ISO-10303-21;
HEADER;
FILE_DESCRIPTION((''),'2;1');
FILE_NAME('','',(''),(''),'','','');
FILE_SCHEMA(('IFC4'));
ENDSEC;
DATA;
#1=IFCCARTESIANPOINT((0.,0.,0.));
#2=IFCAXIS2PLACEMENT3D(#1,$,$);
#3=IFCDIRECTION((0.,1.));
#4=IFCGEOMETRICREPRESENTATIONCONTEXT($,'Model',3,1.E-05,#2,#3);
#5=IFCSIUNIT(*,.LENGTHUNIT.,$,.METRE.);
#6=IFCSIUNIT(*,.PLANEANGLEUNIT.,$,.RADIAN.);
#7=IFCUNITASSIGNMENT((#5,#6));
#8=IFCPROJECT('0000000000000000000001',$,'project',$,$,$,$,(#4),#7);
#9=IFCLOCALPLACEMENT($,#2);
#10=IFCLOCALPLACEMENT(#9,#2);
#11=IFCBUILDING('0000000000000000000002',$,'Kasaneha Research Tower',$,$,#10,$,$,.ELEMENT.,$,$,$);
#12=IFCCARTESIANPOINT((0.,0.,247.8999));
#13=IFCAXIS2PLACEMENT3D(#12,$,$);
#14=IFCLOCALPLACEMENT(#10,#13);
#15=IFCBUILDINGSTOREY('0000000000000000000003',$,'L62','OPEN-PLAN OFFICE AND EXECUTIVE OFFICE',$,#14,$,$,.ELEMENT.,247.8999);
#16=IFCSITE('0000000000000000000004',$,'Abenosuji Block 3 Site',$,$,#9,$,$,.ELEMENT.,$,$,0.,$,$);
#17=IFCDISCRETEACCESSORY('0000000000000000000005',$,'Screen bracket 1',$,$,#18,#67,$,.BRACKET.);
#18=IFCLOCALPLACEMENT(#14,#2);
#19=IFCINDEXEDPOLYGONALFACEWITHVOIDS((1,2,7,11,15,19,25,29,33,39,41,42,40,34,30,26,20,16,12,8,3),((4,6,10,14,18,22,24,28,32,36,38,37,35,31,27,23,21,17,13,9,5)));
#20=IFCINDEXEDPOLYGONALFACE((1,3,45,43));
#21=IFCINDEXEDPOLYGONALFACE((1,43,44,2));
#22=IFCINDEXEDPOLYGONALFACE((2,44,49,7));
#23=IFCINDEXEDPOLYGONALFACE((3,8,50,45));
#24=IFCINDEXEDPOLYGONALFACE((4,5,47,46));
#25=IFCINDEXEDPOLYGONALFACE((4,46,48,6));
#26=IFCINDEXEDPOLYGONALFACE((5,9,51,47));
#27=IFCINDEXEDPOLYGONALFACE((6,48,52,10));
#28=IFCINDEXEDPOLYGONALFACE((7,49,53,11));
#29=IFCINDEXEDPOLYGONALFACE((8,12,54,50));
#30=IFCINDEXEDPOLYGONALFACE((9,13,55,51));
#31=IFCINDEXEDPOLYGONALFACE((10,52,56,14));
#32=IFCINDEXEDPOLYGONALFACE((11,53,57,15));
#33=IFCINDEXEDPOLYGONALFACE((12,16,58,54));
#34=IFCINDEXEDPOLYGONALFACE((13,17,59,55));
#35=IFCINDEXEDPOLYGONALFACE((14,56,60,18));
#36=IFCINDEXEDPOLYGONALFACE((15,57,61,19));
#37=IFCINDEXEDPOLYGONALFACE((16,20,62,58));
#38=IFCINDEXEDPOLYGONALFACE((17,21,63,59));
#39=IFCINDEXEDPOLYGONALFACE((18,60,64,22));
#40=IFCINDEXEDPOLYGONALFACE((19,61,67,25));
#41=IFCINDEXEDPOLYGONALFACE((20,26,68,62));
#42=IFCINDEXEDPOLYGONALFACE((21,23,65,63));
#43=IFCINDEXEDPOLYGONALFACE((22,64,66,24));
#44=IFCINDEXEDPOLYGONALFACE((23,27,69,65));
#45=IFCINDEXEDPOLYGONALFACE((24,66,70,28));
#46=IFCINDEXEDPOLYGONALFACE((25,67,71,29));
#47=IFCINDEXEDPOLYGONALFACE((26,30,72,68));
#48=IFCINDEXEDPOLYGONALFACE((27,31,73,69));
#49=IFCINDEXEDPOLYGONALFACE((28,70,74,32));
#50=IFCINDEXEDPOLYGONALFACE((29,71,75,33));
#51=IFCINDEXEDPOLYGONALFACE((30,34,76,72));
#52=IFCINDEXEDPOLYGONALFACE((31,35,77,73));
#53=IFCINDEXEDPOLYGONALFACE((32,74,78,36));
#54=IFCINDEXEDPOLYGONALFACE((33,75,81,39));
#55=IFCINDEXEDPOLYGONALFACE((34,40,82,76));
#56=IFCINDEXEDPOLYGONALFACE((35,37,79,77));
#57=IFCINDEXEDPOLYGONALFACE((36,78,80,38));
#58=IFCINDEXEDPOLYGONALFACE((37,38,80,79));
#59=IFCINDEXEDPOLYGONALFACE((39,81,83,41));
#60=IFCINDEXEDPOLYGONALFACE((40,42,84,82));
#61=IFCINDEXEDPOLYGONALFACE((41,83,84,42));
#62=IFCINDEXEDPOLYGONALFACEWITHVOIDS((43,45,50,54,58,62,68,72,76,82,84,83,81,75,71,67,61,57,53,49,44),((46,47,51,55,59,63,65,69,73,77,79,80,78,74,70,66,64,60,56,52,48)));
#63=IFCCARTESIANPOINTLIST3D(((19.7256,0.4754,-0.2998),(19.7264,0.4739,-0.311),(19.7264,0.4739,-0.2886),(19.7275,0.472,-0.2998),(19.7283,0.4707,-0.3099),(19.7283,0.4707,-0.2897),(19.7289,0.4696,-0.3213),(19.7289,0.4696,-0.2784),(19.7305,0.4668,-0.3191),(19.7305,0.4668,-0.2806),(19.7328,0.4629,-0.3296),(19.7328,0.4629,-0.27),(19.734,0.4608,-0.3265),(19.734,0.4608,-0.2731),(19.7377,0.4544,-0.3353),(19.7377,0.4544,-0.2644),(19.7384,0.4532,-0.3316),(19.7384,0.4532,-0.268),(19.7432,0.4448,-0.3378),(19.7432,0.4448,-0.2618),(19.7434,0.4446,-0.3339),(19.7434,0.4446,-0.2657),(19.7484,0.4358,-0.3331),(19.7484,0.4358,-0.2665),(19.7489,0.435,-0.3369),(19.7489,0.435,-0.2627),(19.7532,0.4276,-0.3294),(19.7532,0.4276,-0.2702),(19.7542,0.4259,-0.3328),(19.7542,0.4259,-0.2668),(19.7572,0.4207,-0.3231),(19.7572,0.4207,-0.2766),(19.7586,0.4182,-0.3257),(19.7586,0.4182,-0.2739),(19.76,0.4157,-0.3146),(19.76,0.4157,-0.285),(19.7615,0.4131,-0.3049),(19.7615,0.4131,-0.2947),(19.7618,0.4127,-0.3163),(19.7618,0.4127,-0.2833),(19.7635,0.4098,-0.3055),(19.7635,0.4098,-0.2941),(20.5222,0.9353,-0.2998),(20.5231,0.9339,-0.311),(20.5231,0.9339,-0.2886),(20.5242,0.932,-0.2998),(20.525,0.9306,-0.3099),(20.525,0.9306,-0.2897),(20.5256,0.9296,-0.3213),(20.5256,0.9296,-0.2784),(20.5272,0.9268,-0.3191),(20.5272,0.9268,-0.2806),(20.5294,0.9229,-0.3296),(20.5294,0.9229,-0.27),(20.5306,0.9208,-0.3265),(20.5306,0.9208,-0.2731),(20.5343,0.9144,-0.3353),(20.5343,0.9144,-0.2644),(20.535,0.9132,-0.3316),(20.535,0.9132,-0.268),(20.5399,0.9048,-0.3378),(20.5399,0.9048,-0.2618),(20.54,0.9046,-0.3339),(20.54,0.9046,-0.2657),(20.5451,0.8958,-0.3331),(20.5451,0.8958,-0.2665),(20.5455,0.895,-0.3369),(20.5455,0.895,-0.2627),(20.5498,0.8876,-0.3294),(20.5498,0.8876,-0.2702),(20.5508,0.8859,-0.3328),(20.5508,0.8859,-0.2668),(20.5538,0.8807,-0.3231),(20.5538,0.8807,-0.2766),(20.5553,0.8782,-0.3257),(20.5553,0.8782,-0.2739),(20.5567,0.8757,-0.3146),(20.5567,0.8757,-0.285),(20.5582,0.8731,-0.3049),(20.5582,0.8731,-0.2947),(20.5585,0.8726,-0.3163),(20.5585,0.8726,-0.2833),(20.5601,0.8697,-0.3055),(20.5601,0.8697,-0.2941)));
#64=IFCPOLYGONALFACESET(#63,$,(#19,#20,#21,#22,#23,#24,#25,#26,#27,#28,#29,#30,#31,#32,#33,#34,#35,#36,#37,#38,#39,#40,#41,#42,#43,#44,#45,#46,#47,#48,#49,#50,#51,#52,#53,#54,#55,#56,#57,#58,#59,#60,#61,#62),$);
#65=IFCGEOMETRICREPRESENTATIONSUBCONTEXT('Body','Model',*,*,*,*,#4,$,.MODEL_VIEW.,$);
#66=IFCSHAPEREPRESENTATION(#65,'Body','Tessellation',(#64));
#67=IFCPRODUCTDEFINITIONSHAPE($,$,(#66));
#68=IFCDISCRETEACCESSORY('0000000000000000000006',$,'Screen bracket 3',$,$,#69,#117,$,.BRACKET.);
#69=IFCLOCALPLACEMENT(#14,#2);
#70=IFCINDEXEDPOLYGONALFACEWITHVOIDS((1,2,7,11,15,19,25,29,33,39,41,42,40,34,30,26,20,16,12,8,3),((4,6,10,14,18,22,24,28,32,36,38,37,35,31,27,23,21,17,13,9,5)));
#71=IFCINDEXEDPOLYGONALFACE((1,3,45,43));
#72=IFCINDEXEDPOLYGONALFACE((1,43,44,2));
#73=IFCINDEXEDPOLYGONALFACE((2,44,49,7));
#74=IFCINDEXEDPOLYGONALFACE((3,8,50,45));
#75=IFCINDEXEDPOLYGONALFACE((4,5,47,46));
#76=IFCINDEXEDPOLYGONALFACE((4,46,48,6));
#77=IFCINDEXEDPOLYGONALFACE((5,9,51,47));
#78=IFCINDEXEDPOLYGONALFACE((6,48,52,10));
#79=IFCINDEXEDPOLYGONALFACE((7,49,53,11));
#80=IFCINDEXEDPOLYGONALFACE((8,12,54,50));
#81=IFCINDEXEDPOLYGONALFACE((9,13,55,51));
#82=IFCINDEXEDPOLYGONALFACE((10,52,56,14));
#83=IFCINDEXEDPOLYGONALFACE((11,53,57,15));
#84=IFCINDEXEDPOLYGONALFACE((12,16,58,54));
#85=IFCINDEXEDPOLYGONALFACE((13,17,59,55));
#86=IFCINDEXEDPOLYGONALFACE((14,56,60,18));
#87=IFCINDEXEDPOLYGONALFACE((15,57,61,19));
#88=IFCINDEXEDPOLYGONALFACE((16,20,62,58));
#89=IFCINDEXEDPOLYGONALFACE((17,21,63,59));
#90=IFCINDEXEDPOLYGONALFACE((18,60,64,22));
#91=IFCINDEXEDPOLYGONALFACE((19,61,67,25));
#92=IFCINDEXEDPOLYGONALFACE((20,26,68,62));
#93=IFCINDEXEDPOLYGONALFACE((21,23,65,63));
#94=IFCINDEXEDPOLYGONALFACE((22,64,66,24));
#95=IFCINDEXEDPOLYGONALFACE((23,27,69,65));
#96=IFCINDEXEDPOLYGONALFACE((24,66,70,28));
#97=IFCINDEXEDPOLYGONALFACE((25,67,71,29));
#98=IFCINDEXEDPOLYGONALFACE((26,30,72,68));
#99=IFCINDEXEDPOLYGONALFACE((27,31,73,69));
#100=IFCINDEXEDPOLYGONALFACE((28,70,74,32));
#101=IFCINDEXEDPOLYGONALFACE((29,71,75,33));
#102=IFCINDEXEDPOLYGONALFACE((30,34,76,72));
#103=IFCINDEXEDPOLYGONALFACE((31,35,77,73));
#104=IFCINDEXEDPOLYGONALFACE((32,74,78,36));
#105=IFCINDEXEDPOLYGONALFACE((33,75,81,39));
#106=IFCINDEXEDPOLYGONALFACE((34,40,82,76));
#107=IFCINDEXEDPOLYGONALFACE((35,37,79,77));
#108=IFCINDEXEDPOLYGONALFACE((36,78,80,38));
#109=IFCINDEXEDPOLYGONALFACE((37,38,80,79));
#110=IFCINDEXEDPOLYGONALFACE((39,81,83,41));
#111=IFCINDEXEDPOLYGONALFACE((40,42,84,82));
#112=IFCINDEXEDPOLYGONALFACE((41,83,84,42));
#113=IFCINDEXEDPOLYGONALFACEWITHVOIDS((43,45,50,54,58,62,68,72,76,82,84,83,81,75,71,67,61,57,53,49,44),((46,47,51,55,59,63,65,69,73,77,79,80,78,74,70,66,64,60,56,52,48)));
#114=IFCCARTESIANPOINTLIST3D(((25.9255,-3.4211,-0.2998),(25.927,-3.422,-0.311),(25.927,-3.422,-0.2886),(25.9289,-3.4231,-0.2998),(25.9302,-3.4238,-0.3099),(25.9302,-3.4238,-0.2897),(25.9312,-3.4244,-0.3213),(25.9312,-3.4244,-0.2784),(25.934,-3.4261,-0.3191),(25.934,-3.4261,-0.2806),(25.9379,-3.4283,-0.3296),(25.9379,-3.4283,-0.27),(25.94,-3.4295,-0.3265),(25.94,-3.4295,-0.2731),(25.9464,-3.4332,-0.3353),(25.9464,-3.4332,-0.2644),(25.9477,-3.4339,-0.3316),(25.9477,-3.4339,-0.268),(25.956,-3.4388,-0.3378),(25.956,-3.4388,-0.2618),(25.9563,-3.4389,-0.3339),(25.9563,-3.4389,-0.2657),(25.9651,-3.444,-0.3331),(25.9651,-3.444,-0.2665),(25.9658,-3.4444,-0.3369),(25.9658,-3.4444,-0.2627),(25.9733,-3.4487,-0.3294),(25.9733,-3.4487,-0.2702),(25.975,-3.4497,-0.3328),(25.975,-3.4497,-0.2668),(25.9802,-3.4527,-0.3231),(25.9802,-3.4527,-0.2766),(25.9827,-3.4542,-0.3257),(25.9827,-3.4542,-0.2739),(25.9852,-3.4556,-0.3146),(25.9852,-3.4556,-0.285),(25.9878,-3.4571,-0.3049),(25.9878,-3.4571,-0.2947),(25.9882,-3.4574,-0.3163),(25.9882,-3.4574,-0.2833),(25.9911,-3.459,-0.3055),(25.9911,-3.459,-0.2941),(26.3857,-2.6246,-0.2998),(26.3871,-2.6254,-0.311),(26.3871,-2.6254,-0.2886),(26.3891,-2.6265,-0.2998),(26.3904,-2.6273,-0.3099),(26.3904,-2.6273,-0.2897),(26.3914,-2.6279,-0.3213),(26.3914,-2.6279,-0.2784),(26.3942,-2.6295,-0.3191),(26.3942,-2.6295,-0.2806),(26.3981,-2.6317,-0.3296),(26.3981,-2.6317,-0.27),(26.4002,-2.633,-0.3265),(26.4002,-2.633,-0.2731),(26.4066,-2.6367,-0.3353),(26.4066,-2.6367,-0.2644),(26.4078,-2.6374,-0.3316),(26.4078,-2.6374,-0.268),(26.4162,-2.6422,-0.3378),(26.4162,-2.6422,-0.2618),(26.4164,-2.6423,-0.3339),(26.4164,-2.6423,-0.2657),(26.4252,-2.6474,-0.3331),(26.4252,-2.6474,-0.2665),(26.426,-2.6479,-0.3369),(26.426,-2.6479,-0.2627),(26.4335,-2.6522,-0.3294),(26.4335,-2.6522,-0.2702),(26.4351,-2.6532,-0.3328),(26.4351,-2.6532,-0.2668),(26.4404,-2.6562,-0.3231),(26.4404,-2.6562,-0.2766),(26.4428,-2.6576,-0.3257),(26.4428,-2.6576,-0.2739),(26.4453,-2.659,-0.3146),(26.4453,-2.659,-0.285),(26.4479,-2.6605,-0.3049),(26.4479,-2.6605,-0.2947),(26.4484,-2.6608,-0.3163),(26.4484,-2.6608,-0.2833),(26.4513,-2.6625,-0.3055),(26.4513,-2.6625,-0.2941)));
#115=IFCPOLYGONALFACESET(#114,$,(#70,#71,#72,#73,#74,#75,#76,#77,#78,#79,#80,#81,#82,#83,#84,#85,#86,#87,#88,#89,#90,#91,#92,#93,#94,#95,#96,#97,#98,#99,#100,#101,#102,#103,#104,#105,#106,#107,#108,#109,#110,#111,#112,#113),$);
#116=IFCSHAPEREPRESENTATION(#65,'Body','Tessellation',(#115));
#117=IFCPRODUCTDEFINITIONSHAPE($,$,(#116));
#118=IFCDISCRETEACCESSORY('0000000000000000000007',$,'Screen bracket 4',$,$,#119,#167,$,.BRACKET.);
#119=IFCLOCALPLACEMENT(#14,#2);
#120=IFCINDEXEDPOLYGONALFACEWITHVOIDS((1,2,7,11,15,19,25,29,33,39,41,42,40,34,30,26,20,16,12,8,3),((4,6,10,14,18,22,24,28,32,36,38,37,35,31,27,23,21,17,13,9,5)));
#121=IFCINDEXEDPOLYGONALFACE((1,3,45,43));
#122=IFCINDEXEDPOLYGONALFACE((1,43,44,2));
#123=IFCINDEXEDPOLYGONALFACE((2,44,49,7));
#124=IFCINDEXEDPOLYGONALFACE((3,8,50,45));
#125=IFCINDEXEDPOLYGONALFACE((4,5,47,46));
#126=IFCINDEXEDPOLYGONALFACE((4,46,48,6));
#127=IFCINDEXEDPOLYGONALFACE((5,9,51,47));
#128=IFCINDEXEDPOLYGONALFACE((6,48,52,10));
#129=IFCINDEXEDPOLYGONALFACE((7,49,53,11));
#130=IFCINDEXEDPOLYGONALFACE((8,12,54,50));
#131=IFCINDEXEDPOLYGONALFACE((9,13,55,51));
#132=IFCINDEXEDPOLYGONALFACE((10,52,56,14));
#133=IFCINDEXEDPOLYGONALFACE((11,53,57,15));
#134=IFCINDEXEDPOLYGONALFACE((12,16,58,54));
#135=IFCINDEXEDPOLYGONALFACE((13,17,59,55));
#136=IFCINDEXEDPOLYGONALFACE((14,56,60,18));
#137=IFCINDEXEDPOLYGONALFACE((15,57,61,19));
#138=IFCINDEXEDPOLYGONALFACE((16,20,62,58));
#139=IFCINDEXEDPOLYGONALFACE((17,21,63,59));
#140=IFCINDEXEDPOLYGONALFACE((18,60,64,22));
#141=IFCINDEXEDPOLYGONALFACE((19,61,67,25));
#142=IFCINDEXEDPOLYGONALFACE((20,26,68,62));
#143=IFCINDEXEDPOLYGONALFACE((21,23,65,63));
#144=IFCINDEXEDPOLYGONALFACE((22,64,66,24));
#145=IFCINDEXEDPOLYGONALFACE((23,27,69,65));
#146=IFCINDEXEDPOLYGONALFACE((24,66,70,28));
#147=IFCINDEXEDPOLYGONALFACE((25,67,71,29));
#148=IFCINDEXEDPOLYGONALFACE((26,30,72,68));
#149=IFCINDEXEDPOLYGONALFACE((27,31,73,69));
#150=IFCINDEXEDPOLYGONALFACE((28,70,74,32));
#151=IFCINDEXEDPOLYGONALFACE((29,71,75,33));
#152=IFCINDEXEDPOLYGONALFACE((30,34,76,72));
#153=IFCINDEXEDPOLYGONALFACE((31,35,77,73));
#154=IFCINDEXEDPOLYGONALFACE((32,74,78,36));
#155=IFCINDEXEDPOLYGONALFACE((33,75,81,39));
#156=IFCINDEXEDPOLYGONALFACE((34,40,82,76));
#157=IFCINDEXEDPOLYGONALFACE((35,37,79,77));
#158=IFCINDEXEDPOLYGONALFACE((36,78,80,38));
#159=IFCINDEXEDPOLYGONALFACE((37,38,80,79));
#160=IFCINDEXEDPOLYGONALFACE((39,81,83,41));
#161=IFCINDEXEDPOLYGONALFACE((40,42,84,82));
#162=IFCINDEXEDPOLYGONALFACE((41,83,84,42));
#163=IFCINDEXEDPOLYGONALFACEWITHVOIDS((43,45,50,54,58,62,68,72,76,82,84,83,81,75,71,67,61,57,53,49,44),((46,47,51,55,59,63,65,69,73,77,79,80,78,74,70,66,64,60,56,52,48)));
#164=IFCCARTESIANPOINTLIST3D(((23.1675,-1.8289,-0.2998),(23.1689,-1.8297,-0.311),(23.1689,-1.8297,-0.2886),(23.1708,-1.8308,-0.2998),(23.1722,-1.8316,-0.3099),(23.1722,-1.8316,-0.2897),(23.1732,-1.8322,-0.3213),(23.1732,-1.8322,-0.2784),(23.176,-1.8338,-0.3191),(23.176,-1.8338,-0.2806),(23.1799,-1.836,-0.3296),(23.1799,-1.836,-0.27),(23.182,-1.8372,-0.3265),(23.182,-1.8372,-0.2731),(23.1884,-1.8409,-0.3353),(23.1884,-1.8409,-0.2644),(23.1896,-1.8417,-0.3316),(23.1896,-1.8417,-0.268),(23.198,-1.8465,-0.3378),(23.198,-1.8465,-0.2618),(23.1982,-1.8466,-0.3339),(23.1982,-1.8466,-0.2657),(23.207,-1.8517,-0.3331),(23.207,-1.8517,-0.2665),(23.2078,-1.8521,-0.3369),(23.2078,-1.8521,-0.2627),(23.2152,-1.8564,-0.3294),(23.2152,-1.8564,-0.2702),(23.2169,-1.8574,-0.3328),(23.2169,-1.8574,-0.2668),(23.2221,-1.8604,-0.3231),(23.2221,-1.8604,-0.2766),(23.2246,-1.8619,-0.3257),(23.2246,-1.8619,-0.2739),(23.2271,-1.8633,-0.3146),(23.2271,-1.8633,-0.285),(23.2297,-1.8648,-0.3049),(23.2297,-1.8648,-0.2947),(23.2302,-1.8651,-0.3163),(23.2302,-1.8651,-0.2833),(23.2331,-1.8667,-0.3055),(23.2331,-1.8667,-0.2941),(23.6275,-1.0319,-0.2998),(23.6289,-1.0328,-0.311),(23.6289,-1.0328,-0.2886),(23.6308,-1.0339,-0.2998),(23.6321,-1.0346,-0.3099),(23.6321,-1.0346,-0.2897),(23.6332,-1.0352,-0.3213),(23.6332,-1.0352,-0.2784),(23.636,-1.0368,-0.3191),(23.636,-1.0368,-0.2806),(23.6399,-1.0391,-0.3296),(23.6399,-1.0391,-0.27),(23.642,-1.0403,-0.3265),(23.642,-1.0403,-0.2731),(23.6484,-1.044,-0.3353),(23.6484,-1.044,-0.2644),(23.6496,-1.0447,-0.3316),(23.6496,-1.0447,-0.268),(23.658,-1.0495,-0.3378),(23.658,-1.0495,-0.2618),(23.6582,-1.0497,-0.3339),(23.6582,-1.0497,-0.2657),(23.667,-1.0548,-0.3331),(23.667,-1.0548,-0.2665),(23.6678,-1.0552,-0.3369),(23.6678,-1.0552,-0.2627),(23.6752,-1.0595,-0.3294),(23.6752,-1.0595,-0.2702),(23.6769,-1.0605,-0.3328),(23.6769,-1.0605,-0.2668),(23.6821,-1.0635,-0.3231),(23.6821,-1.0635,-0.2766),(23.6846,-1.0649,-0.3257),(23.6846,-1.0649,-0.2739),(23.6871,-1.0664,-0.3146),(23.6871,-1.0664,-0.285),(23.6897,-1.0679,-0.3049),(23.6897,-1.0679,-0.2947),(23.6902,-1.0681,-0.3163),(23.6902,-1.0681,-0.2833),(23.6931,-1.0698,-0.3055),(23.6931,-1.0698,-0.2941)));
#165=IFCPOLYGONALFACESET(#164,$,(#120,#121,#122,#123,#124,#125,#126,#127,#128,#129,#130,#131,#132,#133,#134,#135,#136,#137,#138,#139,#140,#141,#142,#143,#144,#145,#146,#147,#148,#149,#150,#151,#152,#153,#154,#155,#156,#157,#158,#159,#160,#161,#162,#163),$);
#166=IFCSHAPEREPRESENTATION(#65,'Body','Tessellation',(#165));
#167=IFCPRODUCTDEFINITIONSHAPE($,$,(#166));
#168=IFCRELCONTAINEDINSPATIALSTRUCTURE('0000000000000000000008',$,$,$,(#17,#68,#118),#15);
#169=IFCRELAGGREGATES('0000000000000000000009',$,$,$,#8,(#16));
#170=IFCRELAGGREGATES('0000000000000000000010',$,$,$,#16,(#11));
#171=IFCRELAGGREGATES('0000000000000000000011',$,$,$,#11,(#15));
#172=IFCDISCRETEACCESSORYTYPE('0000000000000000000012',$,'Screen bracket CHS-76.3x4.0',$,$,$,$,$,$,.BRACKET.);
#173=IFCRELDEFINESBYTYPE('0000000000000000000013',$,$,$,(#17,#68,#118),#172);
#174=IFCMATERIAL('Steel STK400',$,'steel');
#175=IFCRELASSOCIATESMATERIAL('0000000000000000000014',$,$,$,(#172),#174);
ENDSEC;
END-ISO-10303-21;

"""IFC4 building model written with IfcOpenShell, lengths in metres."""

from ifc_helpers import new_model, si_unit, direction, frame, origin, origin_2d, place, context, subcontext, project, spatial, hollow_circle, extrude, material, material_profile, profile_set, type_object, element, save


model = new_model("IFC4")

# Units and contexts
model_context = context("Model", 3, precision=1e-05, world=origin(), true_north=direction((0.0, 1.0)))
body_context = subcontext(model_context, "Body", "Model", "MODEL_VIEW")
ifc_project = project(units=[si_unit("LENGTHUNIT", "METRE"), si_unit("PLANEANGLEUNIT", "RADIAN")], contexts=[model_context])

# Site, building, storey
site_placement = place(None, origin())
site = spatial("IfcSite", under=ifc_project, at=site_placement, Name="Abenosuji Block 3 Site", CompositionType="ELEMENT", RefElevation=0.0)
building_placement = place(site_placement, origin())
building = spatial("IfcBuilding", under=site, at=building_placement, Name="Kasaneha Research Tower", CompositionType="ELEMENT")
storey_placement = place(building_placement, frame((0.0, 0.0, 247.8999)))
storey = spatial("IfcBuildingStorey", under=building, at=storey_placement, Name="L62", Description="OPEN-PLAN OFFICE AND EXECUTIVE OFFICE", CompositionType="ELEMENT", Elevation=247.8999)

# Discrete accessories
ifc_material_1 = material(Name="Steel STK400", Category="steel")
ifc_material_profile_1 = material_profile(ifc_material_1, hollow_circle(Radius=0.0381, WallThickness=0.0039, at=origin_2d()), Name="CHS-76.3x4.0")
ifc_profile_set_1 = profile_set([ifc_material_profile_1], Name="Steel STK400")
discrete_accessory_type = type_object("IfcDiscreteAccessoryType", Name="Screen bracket CHS-76.3x4.0", PredefinedType="BRACKET", material=ifc_profile_set_1)
for number, where, z_axis, x_axis, name in (
    (1, (19.7446, 0.4424, -0.2998), (0.866013, 0.500021, 0.0), (-0.500021, 0.866013, 0.0), "Screen bracket 1"),
    (2, (25.9585, -3.4402, -0.2998), (0.50022, 0.865898, 0.0), (-0.865898, 0.50022, 0.0), "Screen bracket 3"),
):
    element("IfcDiscreteAccessory", number, at=place(storey_placement, frame(where, z_axis=z_axis, x_axis=x_axis)), inside=storey, type_object=discrete_accessory_type, Name=name, PredefinedType="BRACKET", context=body_context, shape_type="SweptSolid", body=[
        extrude(hollow_circle(Radius=0.0381, WallThickness=0.0039, at=origin_2d()), origin(), (0.0, 0.0, 1.0), 0.9199),
    ])
discrete_accessory_1_placement = place(storey_placement, frame((23.2004, -1.8479, -0.2998), z_axis=(0.499906, 0.86608, 0.0), x_axis=(-0.86608, 0.499906, 0.0)))
element("IfcDiscreteAccessory", 3, at=discrete_accessory_1_placement, inside=storey, type_object=discrete_accessory_type, Name="Screen bracket 4", PredefinedType="BRACKET", context=body_context, shape_type="SweptSolid", body=[
    extrude(hollow_circle(Radius=0.0381, WallThickness=0.0039, at=origin_2d()), origin(), (0.0, 0.0, 1.0), 0.9202),
])

save(model, "model.ifc")
